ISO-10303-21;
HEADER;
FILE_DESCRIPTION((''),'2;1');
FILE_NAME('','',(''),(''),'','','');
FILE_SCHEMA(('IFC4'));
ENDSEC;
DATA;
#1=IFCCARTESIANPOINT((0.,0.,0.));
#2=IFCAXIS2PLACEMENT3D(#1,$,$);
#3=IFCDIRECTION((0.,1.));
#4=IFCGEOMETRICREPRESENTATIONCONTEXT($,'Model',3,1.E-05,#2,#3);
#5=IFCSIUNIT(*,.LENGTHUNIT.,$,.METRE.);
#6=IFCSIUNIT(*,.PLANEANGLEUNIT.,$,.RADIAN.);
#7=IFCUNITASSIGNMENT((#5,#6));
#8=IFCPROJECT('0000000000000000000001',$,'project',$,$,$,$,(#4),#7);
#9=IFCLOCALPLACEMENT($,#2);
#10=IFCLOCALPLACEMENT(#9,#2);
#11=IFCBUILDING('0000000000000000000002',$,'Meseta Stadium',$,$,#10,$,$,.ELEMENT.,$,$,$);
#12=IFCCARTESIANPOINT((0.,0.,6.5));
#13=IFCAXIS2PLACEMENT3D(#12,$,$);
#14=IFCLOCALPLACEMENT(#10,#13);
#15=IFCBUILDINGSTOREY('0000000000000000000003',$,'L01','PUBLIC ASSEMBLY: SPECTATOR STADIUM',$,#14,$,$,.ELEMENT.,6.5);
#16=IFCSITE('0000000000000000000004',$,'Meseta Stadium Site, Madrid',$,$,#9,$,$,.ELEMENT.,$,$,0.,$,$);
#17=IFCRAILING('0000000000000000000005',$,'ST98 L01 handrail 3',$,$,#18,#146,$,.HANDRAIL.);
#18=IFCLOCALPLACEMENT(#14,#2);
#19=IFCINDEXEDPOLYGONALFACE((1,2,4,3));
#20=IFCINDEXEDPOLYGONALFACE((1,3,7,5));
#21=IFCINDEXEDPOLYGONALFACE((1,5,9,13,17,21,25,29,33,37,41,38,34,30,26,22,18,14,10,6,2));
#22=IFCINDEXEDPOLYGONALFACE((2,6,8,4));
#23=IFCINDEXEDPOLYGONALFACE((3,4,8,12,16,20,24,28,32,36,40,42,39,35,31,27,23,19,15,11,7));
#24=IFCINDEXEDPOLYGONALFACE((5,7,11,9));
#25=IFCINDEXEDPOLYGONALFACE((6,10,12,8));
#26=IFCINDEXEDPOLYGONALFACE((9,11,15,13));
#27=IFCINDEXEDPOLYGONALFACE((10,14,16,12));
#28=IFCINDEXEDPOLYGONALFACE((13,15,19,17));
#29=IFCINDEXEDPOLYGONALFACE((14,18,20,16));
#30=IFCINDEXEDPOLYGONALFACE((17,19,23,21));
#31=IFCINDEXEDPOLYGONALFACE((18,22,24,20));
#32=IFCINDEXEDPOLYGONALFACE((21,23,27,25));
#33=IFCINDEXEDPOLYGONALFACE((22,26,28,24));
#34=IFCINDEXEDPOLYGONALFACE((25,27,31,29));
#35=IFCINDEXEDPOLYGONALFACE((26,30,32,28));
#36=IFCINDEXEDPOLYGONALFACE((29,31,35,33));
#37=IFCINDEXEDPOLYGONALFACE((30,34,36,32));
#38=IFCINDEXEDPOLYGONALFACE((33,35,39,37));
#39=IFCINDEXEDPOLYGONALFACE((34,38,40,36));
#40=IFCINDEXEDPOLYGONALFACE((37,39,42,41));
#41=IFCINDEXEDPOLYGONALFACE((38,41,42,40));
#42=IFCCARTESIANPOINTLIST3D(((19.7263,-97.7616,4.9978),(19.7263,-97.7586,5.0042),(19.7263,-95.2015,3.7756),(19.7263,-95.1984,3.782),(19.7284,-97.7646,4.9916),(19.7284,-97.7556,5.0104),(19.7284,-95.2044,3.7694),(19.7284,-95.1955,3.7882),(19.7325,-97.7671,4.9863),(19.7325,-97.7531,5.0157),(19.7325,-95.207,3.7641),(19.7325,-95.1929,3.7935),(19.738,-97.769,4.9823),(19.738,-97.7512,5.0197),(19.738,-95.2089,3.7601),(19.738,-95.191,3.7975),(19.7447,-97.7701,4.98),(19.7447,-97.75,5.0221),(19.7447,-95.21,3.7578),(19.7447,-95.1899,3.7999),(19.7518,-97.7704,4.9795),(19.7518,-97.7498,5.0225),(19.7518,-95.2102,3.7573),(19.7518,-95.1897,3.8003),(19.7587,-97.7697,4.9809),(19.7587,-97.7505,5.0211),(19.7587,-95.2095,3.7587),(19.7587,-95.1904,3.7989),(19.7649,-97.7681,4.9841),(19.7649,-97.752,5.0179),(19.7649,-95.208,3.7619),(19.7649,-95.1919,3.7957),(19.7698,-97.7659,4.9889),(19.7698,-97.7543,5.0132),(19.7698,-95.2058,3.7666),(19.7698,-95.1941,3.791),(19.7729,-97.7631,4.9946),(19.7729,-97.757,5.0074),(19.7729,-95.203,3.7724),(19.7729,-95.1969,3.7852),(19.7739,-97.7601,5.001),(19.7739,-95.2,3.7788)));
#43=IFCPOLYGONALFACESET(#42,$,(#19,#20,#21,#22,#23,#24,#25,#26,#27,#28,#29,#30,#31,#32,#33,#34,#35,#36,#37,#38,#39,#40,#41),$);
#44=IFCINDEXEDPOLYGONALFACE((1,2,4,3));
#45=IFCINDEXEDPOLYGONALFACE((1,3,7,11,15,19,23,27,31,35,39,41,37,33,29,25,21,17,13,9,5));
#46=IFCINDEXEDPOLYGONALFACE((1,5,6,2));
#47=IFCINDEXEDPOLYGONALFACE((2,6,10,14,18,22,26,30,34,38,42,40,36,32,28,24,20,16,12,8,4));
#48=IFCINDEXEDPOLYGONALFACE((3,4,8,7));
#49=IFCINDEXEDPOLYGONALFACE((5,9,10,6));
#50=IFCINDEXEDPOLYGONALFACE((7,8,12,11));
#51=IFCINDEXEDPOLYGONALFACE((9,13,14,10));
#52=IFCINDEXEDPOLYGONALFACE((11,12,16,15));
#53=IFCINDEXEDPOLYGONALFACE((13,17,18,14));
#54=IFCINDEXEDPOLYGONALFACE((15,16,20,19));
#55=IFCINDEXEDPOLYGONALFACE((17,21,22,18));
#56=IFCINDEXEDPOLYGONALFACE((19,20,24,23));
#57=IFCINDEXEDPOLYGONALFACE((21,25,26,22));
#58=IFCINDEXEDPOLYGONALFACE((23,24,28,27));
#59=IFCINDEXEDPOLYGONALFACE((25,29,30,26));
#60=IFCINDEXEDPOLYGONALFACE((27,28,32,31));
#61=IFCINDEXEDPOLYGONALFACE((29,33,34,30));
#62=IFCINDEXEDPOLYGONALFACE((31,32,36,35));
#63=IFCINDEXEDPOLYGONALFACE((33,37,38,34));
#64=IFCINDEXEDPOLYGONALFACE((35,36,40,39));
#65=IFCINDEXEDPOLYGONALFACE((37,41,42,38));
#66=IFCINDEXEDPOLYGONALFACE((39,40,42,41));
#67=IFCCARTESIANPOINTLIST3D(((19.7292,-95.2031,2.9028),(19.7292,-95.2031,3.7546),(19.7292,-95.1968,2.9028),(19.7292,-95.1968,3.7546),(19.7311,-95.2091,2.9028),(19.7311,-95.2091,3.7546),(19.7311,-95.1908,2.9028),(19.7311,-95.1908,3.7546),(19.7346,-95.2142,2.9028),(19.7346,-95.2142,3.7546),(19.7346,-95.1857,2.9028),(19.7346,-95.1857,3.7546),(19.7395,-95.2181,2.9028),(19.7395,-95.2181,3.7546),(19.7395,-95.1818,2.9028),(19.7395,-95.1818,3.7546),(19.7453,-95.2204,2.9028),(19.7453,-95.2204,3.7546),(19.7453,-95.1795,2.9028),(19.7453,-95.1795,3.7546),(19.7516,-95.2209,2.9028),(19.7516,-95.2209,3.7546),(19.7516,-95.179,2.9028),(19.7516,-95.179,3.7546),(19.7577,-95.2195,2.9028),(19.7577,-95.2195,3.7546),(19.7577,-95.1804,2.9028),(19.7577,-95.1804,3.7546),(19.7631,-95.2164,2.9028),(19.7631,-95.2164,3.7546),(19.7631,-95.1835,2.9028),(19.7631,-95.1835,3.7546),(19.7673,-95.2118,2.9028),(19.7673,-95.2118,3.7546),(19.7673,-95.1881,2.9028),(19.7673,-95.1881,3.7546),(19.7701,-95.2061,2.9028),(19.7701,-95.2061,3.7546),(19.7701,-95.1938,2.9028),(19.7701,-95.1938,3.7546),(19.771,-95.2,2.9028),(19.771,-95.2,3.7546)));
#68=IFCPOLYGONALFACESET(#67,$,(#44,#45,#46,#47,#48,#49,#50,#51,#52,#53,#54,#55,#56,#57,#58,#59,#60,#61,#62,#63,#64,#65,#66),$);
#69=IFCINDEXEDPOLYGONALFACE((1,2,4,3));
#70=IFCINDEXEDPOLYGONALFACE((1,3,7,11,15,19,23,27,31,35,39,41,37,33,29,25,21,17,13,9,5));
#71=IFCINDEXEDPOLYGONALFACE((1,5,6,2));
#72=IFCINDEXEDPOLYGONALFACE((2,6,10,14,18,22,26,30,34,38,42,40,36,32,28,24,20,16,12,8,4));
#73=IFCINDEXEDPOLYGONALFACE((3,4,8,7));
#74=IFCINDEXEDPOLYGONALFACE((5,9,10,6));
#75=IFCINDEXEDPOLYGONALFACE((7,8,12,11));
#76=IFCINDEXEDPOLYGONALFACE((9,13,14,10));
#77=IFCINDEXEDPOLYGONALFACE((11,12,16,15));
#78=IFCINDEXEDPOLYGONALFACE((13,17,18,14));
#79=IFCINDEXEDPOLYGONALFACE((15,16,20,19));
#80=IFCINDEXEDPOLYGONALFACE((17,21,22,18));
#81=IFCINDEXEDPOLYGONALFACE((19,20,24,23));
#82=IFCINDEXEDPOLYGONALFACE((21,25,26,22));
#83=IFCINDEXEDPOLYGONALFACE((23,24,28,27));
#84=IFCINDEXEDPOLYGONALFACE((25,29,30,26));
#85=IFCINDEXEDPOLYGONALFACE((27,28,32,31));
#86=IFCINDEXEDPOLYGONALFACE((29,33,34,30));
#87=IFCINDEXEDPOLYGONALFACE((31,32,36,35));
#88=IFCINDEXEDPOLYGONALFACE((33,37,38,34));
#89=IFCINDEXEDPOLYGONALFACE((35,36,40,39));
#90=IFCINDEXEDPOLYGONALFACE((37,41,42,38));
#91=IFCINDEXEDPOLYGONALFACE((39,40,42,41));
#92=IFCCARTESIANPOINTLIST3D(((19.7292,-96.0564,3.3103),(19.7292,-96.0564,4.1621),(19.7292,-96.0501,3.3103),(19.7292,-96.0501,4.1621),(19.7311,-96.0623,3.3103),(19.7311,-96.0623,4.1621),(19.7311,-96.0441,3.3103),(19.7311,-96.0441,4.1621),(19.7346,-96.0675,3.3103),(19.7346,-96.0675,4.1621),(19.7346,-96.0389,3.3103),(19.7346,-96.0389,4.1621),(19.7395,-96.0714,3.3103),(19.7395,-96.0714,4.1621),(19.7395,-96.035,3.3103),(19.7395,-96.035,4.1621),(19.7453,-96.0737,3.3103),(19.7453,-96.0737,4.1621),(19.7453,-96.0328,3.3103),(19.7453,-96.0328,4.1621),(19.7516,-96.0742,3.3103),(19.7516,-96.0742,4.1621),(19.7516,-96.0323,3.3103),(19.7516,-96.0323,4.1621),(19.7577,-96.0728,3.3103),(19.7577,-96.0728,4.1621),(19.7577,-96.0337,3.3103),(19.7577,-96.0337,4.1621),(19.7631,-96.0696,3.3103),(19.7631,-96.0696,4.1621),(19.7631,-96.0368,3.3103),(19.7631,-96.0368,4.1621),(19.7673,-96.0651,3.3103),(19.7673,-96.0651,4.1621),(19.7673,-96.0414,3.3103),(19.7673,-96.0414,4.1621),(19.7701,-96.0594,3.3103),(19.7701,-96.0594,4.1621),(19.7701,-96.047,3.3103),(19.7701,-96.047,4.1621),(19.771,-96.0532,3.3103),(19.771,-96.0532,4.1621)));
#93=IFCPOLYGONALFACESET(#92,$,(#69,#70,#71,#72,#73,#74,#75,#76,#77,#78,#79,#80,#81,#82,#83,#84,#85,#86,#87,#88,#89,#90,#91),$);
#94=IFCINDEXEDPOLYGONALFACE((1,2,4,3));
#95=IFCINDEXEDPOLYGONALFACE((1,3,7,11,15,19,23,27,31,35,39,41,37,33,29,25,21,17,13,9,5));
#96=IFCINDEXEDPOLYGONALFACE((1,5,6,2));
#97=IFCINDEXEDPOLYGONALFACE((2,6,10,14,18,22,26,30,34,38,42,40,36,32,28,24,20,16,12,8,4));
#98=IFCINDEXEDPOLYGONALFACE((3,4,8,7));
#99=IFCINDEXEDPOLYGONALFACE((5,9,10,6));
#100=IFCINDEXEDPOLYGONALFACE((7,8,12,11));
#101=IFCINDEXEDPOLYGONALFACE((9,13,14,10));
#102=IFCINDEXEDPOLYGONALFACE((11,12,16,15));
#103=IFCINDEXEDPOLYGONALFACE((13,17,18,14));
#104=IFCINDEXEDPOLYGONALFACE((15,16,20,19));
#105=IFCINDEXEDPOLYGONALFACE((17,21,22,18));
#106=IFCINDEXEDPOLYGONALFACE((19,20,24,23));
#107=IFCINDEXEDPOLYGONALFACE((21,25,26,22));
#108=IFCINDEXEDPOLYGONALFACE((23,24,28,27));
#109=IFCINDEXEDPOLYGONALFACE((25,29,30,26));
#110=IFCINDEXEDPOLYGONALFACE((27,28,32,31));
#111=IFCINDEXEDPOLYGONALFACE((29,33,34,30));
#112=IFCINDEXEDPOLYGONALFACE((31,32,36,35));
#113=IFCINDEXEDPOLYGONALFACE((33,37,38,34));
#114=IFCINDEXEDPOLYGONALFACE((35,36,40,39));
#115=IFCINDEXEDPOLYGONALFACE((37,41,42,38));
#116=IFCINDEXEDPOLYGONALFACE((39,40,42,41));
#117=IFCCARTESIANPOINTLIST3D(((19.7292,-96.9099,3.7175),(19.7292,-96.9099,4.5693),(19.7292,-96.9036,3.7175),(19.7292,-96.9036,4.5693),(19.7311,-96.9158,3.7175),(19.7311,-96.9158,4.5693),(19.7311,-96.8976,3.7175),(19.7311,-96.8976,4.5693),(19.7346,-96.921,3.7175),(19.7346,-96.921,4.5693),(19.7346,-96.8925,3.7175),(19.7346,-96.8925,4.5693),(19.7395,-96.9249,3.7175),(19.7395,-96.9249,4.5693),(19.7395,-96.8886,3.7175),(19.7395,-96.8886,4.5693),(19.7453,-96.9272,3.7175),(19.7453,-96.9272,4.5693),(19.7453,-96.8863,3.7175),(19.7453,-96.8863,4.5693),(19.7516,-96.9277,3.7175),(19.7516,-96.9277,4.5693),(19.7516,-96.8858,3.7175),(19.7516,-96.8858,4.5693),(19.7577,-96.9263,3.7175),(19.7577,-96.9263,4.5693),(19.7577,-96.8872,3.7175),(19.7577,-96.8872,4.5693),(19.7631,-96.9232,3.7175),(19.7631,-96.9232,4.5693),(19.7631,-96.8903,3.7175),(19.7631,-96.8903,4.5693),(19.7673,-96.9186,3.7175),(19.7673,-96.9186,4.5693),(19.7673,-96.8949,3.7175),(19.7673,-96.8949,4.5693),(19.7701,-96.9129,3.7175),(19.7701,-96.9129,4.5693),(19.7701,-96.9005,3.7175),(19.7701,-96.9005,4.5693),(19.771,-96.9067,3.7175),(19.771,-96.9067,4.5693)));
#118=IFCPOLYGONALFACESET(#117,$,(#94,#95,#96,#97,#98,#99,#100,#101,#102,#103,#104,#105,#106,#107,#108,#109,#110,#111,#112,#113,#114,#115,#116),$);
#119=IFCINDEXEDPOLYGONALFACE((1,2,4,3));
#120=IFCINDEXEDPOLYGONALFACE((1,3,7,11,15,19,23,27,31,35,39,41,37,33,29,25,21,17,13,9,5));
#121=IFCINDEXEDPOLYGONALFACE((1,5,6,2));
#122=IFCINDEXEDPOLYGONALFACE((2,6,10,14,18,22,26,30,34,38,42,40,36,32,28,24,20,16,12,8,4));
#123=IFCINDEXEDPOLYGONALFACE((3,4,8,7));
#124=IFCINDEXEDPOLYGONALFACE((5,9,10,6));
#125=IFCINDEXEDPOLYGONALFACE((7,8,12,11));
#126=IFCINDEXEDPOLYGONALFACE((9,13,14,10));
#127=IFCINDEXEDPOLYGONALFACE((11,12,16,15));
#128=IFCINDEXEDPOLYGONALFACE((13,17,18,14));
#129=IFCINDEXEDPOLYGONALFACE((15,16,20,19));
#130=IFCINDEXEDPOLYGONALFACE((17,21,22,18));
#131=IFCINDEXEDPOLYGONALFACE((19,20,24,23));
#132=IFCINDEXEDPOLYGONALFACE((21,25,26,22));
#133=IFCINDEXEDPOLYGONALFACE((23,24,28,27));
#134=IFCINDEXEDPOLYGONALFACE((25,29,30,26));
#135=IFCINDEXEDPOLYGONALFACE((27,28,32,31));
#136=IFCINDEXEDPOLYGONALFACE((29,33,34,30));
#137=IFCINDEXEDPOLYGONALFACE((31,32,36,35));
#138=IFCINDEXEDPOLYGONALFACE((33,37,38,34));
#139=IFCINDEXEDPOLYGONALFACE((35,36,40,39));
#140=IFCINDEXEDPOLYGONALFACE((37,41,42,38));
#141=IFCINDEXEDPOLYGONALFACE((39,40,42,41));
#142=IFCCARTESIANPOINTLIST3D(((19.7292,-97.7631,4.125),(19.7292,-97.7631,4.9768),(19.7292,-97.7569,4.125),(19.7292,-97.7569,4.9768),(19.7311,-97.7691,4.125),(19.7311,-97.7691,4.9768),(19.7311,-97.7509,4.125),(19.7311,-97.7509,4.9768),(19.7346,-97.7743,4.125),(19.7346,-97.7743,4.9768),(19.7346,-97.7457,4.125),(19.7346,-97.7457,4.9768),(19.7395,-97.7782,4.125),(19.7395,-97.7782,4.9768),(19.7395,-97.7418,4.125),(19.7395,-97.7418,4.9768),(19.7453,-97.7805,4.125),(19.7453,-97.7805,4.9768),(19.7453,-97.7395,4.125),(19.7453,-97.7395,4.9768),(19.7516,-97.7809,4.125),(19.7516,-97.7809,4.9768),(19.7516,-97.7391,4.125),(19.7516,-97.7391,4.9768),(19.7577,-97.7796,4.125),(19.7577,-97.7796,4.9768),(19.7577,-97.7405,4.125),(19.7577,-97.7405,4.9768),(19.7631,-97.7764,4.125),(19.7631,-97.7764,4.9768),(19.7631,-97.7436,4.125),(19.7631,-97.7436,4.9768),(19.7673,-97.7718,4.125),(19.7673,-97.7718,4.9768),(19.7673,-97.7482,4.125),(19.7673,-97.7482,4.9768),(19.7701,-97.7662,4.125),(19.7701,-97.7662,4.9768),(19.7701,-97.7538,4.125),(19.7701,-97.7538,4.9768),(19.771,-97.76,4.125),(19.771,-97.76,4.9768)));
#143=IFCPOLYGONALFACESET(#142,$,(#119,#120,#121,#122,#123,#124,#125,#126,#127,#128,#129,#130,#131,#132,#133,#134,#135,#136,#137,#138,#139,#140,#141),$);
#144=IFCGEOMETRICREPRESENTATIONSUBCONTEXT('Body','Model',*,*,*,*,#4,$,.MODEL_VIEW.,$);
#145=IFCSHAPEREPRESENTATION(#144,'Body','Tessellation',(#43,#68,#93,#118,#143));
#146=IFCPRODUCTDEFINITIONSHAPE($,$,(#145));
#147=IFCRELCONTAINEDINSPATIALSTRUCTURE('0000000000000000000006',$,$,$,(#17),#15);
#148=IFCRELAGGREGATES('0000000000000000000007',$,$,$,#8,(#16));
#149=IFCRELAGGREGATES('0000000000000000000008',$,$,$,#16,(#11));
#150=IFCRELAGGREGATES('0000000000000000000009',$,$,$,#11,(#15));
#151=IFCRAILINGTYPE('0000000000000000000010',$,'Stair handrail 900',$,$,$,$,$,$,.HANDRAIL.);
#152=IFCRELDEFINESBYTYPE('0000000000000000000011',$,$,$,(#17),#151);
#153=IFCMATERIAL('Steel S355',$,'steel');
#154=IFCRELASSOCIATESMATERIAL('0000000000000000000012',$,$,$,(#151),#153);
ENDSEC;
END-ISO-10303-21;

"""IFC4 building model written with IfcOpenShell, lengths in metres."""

from ifc_helpers import new_model, si_unit, direction, frame, origin, origin_2d, place, context, subcontext, project, spatial, circle, extrude, material, type_object, element, save


model = new_model("IFC4")

# Units and contexts
model_context = context("Model", 3, precision=1e-05, world=origin(), true_north=direction((0.0, 1.0)))
body_context = subcontext(model_context, "Body", "Model", "MODEL_VIEW")
ifc_project = project(units=[si_unit("LENGTHUNIT", "METRE"), si_unit("PLANEANGLEUNIT", "RADIAN")], contexts=[model_context])

# Site, building, storey
site_placement = place(None, origin())
site = spatial("IfcSite", under=ifc_project, at=site_placement, Name="Meseta Stadium Site, Madrid", CompositionType="ELEMENT", RefElevation=0.0)
building_placement = place(site_placement, origin())
building = spatial("IfcBuilding", under=site, at=building_placement, Name="Meseta Stadium", CompositionType="ELEMENT")
storey_placement = place(building_placement, frame((0.0, 0.0, 6.5)))
storey = spatial("IfcBuildingStorey", under=building, at=storey_placement, Name="L01", Description="PUBLIC ASSEMBLY: SPECTATOR STADIUM", CompositionType="ELEMENT", Elevation=6.5)

# Railing
ifc_material_1 = material(Name="Steel S355", Category="steel")
railing_type_1 = type_object("IfcRailingType", Name="Stair handrail 900", PredefinedType="HANDRAIL", material=ifc_material_1)
for number, where, name in (
    (1, (19.75, -95.2, 2.9028), "ST98 L01 handrail 3"),
):
    element("IfcRailing", number, at=place(storey_placement, frame(where)), inside=storey, type_object=railing_type_1, Name=name, PredefinedType="HANDRAIL", context=body_context, shape_type="SweptSolid", body=[
        extrude(circle(Radius=0.0239, at=origin_2d()), frame((0.0, 0.0, 0.876), z_axis=(0.0, -0.902437, 0.430822), x_axis=(1.0, 0.0, 0.0)), (0.0, 0.0, 1.0), 2.8369),
        extrude(circle(Radius=0.021, at=origin_2d()), origin(), (0.0, 0.0, 1.0), 0.8518),
        extrude(circle(Radius=0.021, at=origin_2d()), frame((0.0, -0.8533, 0.4075)), (0.0, 0.0, 1.0), 0.8518),
        extrude(circle(Radius=0.021, at=origin_2d()), frame((0.0, -1.7068, 0.8147)), (0.0, 0.0, 1.0), 0.8518),
        extrude(circle(Radius=0.021, at=origin_2d()), frame((0.0, -2.5601, 1.2222)), (0.0, 0.0, 1.0), 0.8518),
    ])

save(model, "model.ifc")
